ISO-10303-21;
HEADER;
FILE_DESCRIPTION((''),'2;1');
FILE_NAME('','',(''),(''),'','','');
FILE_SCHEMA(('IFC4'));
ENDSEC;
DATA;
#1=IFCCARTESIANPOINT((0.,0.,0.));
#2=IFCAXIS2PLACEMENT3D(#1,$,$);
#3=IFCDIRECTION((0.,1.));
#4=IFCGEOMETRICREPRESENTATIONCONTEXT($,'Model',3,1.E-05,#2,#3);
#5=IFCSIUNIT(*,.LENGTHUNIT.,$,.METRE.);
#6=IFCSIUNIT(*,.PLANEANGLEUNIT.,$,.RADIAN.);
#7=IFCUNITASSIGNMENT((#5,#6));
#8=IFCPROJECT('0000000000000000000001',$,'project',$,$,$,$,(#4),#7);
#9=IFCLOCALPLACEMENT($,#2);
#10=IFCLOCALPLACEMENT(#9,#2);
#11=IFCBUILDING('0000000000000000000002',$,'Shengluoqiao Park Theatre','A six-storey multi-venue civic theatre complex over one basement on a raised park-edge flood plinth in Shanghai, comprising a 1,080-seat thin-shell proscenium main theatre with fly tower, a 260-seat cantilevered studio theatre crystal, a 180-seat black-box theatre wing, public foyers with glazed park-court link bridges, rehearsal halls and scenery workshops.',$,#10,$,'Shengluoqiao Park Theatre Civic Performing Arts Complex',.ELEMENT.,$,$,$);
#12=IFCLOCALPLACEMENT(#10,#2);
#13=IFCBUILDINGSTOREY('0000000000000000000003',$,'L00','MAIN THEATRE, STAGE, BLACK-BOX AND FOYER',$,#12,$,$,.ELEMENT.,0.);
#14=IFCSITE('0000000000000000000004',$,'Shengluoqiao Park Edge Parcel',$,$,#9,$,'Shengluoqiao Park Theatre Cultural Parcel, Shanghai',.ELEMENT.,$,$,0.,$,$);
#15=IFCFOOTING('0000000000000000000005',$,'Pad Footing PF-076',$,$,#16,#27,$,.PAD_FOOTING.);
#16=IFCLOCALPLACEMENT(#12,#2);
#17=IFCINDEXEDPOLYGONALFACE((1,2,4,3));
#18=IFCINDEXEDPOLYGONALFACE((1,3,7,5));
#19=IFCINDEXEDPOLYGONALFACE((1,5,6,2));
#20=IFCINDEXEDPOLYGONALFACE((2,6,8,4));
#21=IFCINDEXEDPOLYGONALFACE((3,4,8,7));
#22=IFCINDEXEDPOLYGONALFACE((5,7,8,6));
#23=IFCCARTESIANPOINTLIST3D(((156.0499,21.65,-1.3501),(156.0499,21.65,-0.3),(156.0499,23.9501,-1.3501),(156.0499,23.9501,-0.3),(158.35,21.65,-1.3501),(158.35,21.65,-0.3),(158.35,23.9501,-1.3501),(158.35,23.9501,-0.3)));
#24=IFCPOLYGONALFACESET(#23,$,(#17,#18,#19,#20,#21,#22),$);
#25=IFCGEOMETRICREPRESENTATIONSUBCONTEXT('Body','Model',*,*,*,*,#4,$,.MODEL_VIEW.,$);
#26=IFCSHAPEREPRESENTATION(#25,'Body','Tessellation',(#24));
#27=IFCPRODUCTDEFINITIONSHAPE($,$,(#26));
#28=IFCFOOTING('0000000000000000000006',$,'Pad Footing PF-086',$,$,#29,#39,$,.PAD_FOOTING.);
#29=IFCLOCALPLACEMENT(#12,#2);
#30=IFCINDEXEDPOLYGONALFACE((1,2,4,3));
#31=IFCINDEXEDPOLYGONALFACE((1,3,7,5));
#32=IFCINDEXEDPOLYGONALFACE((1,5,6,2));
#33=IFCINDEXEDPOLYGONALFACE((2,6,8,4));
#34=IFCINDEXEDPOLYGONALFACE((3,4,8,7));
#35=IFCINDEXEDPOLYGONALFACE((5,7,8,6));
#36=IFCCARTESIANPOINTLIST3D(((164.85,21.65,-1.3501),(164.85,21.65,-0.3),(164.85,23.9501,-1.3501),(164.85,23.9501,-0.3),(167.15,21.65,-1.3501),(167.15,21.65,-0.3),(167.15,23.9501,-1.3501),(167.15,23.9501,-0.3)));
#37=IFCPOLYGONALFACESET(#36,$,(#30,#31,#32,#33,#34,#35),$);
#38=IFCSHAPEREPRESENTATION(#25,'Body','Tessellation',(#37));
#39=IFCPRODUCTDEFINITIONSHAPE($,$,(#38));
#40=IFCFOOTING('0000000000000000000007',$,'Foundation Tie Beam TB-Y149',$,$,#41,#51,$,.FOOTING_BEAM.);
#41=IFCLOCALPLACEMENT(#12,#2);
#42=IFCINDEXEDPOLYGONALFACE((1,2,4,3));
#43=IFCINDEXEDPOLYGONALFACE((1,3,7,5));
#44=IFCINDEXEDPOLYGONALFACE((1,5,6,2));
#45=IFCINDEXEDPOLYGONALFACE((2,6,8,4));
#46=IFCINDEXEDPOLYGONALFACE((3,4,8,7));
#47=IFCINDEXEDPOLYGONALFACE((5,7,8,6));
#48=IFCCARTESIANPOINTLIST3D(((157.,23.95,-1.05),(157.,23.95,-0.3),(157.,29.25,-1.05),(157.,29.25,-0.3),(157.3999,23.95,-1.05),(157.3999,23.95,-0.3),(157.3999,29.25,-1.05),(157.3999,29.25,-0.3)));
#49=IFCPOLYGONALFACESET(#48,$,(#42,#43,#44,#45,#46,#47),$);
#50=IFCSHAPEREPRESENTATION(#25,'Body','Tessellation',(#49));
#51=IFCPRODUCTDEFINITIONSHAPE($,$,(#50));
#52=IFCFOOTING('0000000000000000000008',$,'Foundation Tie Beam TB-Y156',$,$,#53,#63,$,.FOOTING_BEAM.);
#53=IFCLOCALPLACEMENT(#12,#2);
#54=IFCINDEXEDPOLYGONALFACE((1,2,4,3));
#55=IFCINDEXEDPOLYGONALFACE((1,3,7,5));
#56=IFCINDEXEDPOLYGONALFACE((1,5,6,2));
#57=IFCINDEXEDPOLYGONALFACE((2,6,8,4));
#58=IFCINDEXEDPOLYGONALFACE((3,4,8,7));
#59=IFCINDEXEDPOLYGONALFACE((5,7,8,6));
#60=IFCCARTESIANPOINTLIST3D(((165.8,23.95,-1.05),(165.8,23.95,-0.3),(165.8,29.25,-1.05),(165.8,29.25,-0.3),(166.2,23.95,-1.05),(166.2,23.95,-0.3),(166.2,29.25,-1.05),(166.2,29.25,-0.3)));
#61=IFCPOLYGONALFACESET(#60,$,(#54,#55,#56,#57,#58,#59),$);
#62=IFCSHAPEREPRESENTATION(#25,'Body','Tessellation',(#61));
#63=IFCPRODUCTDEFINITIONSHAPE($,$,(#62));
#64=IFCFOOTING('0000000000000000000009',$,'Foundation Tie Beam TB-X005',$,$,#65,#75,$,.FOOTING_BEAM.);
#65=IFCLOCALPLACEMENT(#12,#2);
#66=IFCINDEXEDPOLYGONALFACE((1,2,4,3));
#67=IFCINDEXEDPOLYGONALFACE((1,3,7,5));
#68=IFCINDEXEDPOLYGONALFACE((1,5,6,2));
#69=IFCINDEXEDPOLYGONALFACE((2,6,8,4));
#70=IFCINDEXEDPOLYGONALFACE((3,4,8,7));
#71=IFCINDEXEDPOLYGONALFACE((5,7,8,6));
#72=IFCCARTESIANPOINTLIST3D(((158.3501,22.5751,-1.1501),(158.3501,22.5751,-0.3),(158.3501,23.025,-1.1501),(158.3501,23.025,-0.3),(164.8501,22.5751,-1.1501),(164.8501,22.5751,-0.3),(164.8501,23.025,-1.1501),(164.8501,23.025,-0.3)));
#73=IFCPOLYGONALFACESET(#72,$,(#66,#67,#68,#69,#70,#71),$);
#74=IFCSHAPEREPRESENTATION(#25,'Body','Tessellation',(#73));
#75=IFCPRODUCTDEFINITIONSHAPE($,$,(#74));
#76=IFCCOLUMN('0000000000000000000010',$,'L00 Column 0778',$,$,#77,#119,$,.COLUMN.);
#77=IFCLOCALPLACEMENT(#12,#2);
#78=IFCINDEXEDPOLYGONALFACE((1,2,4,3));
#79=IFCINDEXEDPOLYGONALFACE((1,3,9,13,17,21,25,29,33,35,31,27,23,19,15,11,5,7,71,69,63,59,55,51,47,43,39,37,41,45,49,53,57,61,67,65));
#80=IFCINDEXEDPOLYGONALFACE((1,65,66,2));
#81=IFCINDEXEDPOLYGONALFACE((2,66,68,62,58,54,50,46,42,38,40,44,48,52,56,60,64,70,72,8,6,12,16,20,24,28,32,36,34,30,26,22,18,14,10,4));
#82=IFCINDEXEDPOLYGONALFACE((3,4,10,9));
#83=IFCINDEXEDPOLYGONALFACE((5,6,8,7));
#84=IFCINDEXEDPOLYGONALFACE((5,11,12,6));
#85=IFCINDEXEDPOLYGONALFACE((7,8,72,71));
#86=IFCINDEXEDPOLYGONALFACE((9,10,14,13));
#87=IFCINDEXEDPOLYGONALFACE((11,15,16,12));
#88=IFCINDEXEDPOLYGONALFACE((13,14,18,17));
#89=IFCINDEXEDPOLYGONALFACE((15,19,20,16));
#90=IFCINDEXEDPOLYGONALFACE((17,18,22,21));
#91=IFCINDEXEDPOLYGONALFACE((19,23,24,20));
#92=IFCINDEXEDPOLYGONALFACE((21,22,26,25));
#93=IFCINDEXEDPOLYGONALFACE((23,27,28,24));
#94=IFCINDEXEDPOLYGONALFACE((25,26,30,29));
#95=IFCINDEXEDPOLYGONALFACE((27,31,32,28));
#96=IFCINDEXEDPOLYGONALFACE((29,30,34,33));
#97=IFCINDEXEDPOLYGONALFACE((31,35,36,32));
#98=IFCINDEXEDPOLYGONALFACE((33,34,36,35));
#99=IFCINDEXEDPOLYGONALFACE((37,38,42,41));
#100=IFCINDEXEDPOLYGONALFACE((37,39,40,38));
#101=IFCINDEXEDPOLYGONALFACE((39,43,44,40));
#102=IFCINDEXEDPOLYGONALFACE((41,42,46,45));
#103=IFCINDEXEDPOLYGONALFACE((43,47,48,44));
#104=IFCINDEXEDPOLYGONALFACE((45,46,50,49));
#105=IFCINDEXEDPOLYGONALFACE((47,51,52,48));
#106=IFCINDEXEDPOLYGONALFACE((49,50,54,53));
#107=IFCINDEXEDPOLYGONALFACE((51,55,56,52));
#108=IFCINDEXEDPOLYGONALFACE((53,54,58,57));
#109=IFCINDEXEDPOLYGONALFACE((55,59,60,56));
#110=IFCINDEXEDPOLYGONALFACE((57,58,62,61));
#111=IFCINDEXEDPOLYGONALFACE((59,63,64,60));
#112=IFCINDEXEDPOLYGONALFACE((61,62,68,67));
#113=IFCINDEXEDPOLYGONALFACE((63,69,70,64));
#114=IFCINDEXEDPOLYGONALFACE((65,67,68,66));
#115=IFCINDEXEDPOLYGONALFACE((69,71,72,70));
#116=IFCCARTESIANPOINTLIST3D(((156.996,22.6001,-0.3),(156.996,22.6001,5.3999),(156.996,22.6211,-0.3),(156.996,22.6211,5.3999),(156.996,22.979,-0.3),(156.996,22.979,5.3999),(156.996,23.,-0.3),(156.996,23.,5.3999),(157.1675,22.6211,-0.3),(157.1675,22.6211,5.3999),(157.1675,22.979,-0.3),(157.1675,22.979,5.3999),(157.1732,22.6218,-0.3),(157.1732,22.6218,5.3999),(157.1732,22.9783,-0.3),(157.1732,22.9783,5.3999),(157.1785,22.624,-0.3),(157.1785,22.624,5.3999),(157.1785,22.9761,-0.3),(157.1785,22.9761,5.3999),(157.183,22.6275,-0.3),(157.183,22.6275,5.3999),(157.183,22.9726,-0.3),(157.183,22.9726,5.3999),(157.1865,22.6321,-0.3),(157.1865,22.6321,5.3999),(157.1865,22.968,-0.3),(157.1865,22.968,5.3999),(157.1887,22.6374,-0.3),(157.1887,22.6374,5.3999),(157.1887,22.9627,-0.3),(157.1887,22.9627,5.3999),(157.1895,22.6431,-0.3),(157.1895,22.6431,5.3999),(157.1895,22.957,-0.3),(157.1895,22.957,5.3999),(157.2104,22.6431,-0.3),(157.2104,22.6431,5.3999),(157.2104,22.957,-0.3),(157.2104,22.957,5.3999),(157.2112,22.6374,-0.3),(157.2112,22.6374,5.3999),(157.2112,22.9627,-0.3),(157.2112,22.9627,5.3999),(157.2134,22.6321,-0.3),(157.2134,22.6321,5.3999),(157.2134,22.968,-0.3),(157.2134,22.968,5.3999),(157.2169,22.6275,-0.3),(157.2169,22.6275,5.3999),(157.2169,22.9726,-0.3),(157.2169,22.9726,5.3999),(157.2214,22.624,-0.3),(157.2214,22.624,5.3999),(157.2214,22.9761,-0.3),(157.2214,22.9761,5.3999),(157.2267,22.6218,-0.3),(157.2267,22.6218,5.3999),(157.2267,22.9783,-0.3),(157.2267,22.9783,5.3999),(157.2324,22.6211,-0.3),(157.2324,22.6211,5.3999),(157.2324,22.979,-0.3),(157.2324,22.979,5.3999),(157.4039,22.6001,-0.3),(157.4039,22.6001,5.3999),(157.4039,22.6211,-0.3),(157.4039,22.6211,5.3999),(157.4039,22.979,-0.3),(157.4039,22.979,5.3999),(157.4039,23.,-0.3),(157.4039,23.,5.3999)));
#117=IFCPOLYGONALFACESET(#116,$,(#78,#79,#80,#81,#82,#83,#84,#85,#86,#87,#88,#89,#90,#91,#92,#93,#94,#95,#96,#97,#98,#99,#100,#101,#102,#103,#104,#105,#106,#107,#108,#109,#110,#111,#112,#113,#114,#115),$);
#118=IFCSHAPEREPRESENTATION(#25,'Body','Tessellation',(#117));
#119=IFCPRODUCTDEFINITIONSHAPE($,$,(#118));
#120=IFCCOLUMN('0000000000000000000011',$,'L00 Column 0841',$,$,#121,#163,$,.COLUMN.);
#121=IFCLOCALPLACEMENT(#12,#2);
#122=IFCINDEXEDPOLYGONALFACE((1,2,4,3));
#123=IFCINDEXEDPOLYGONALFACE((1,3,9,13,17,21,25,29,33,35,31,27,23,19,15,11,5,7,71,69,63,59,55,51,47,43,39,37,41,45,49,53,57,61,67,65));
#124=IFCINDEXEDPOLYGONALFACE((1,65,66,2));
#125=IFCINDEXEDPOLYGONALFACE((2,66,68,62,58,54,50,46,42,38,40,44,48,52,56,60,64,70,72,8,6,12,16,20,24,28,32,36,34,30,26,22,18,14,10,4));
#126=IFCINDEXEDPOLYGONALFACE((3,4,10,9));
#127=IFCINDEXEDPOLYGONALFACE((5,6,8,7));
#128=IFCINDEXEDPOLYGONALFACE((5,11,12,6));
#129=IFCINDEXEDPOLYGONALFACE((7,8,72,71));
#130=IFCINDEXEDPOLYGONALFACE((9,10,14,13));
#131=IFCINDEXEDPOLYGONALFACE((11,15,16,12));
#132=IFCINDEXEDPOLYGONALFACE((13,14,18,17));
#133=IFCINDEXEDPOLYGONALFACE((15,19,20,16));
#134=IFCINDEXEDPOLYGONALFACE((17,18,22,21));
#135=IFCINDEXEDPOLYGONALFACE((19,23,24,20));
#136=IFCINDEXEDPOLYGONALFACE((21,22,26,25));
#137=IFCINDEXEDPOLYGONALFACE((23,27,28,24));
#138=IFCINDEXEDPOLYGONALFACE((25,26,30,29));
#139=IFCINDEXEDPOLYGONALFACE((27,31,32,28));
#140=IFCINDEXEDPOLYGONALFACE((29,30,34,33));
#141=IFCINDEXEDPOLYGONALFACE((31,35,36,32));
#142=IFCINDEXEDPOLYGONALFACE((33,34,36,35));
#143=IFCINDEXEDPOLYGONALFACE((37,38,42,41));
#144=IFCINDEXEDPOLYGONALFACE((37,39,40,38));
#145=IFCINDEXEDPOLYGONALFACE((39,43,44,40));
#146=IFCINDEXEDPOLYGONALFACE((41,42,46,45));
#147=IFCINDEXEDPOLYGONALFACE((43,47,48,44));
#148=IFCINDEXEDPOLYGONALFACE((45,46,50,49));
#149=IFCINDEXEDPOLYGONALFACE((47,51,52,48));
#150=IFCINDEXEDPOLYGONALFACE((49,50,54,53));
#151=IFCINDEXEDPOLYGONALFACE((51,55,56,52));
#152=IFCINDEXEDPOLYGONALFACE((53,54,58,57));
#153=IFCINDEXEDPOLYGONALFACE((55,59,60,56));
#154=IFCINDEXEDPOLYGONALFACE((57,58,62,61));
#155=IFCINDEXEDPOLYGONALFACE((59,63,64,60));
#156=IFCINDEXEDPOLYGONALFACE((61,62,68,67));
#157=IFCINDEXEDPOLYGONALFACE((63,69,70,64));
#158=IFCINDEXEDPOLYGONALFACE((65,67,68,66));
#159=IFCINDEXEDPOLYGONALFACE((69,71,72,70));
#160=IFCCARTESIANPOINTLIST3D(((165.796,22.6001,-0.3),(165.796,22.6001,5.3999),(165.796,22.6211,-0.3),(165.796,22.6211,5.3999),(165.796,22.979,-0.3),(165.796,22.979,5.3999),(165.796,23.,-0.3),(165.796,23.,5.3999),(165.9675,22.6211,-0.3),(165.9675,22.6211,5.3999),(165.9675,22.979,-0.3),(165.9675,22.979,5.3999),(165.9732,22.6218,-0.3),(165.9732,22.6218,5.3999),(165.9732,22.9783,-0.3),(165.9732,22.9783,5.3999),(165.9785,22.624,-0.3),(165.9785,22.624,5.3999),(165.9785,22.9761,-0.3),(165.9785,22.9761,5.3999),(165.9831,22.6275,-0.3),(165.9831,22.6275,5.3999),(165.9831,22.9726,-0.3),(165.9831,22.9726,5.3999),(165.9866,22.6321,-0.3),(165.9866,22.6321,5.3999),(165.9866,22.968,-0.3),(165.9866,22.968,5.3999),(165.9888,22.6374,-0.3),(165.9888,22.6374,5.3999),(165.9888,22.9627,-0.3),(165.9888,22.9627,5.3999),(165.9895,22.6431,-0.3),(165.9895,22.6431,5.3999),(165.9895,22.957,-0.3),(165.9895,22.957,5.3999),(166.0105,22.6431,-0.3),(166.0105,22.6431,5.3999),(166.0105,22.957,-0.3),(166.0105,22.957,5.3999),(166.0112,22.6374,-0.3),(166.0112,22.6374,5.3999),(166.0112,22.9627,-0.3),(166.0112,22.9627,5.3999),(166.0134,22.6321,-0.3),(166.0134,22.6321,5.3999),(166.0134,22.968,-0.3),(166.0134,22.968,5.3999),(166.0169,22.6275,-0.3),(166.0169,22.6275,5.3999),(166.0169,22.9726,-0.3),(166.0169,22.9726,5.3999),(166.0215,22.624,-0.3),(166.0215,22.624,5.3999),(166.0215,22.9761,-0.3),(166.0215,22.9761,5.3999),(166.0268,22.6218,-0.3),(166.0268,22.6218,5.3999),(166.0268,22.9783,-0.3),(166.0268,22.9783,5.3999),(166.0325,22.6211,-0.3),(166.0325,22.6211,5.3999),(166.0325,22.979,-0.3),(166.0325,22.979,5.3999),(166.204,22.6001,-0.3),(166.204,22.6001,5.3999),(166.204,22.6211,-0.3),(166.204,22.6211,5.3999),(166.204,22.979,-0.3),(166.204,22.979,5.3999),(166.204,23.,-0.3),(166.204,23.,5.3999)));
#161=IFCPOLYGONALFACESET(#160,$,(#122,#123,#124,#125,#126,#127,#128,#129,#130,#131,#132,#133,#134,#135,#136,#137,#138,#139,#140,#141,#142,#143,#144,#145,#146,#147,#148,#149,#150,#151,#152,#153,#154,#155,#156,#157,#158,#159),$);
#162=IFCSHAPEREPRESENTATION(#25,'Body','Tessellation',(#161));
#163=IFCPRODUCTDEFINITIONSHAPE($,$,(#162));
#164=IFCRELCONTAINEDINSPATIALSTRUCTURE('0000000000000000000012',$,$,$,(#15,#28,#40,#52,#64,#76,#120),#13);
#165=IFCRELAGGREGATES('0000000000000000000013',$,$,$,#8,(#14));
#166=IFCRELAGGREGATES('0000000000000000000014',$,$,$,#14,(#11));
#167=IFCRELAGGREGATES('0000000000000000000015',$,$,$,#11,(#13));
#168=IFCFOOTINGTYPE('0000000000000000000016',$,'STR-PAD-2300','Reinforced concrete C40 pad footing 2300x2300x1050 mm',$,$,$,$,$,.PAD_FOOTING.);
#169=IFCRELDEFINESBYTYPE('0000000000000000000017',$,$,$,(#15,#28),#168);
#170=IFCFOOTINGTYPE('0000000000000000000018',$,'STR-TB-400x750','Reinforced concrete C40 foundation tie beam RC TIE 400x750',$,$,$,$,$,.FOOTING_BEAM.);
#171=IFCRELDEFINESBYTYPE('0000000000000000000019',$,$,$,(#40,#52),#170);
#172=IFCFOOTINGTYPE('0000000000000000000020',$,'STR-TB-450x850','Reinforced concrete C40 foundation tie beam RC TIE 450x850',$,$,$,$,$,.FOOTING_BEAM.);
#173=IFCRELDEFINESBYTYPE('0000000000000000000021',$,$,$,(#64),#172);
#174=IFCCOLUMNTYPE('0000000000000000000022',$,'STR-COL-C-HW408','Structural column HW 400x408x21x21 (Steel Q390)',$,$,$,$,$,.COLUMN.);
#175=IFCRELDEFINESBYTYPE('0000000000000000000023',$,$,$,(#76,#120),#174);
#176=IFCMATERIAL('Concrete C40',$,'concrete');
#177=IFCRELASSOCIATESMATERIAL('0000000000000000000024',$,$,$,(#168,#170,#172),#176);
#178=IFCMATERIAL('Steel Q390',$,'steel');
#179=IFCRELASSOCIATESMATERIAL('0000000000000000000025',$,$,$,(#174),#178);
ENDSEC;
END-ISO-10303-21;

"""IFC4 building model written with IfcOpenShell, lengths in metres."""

from ifc_helpers import new_model, si_unit, direction, frame, origin, origin_2d, place, context, subcontext, project, spatial, rectangle, i_section, extrude, material, material_profile, profile_set, type_object, element, save


model = new_model("IFC4")

# Units and contexts
model_context = context("Model", 3, precision=1e-05, world=origin(), true_north=direction((0.0, 1.0)))
body_context = subcontext(model_context, "Body", "Model", "MODEL_VIEW")
ifc_project = project(units=[si_unit("LENGTHUNIT", "METRE"), si_unit("PLANEANGLEUNIT", "RADIAN")], contexts=[model_context])

# Site, building, storey
site_placement = place(None, origin())
site = spatial("IfcSite", under=ifc_project, at=site_placement, Name="Shengluoqiao Park Edge Parcel", LongName="Shengluoqiao Park Theatre Cultural Parcel, Shanghai", CompositionType="ELEMENT", RefElevation=0.0)
building_placement = place(site_placement, origin())
building = spatial("IfcBuilding", under=site, at=building_placement, Name="Shengluoqiao Park Theatre", Description="A six-storey multi-venue civic theatre complex over one basement on a raised park-edge flood plinth in Shanghai, comprising a 1,080-seat thin-shell proscenium main theatre with fly tower, a 260-seat cantilevered studio theatre crystal, a 180-seat black-box theatre wing, public foyers with glazed park-court link bridges, rehearsal halls and scenery workshops.", LongName="Shengluoqiao Park Theatre Civic Performing Arts Complex", CompositionType="ELEMENT")
storey_placement = place(building_placement, origin())
storey = spatial("IfcBuildingStorey", under=building, at=storey_placement, Name="L00", Description="MAIN THEATRE, STAGE, BLACK-BOX AND FOYER", CompositionType="ELEMENT", Elevation=0.0)

# Footings
ifc_material_1 = material(Name="Concrete C40", Category="concrete")
footing_type_1 = type_object("IfcFootingType", Name="STR-PAD-2300", Description="Reinforced concrete C40 pad footing 2300x2300x1050 mm", PredefinedType="PAD_FOOTING", material=ifc_material_1)
for number, where, z_axis, x_axis, name in (
    (1, (157.2, 22.8, -1.3501), (0.0, 0.0, 1.0), (1.0, 0.0, 0.0), "Pad Footing PF-076"),
    (2, (166.0, 22.8, -1.3501), (0.0, 0.0, 1.0), (1.0, 0.0, 0.0), "Pad Footing PF-086"),
):
    element("IfcFooting", number, at=place(storey_placement, frame(where, z_axis=z_axis, x_axis=x_axis)), inside=storey, type_object=footing_type_1, Name=name, PredefinedType="PAD_FOOTING", context=body_context, shape_type="SweptSolid", body=[
        extrude(rectangle(XDim=2.3, YDim=2.3, at=origin_2d()), origin(), (0.0, 0.0, 1.0), 1.05),
    ])
ifc_material_profile_1 = material_profile(ifc_material_1, rectangle(XDim=0.3999, YDim=0.75, at=origin_2d()), Name="RC TIE 400x750")
ifc_profile_set_1 = profile_set([ifc_material_profile_1], Name="Concrete C40")
footing_type_2 = type_object("IfcFootingType", Name="STR-TB-400x750", Description="Reinforced concrete C40 foundation tie beam RC TIE 400x750", PredefinedType="FOOTING_BEAM", material=ifc_profile_set_1)
for number, where, z_axis, x_axis, name in (
    (3, (157.2, 23.95, -0.675), (0.0, 1.0, 0.0), (-1.0, 0.0, 0.0), "Foundation Tie Beam TB-Y149"),
    (4, (166.0, 23.95, -0.675), (0.0, 1.0, 0.0), (-1.0, 0.0, 0.0), "Foundation Tie Beam TB-Y156"),
):
    element("IfcFooting", number, at=place(storey_placement, frame(where, z_axis=z_axis, x_axis=x_axis)), inside=storey, type_object=footing_type_2, Name=name, PredefinedType="FOOTING_BEAM", context=body_context, shape_type="SweptSolid", body=[
        extrude(rectangle(XDim=0.3999, YDim=0.75, at=origin_2d()), origin(), (0.0, 0.0, 1.0), 5.3),
    ])
ifc_material_profile_2 = material_profile(ifc_material_1, rectangle(XDim=0.45, YDim=0.8501, at=origin_2d()), Name="RC TIE 450x850")
ifc_profile_set_2 = profile_set([ifc_material_profile_2], Name="Concrete C40")
footing_type_3 = type_object("IfcFootingType", Name="STR-TB-450x850", Description="Reinforced concrete C40 foundation tie beam RC TIE 450x850", PredefinedType="FOOTING_BEAM", material=ifc_profile_set_2)
footing_placement = place(storey_placement, frame((158.3501, 22.8, -0.7251), z_axis=(1.0, 0.0, 0.0), x_axis=(0.0, 1.0, 0.0)))
element("IfcFooting", 5, at=footing_placement, inside=storey, type_object=footing_type_3, Name="Foundation Tie Beam TB-X005", PredefinedType="FOOTING_BEAM", context=body_context, shape_type="SweptSolid", body=[
    extrude(rectangle(XDim=0.45, YDim=0.8501, at=origin_2d()), origin(), (0.0, 0.0, 1.0), 6.5),
])

# Columns
ifc_material_2 = material(Name="Steel Q390", Category="steel")
ifc_material_profile_3 = material_profile(ifc_material_2, i_section(OverallWidth=0.408, OverallDepth=0.3999, WebThickness=0.021, FlangeThickness=0.021, FilletRadius=0.022, at=origin_2d()), Name="HW 400x408x21x21")
ifc_profile_set_3 = profile_set([ifc_material_profile_3], Name="Steel Q390")
column_type = type_object("IfcColumnType", Name="STR-COL-C-HW408", Description="Structural column HW 400x408x21x21 (Steel Q390)", PredefinedType="COLUMN", material=ifc_profile_set_3)
for number, where, z_axis, x_axis, name in (
    (6, (157.2, 22.8, -0.3), (0.0, 0.0, 1.0), (1.0, 0.0, 0.0), "L00 Column 0778"),
    (7, (166.0, 22.8, -0.3), (0.0, 0.0, 1.0), (1.0, 0.0, 0.0), "L00 Column 0841"),
):
    element("IfcColumn", number, at=place(storey_placement, frame(where, z_axis=z_axis, x_axis=x_axis)), inside=storey, type_object=column_type, Name=name, PredefinedType="COLUMN", context=body_context, shape_type="SweptSolid", body=[
        extrude(i_section(OverallWidth=0.408, OverallDepth=0.3999, WebThickness=0.021, FlangeThickness=0.021, FilletRadius=0.022, at=origin_2d()), origin(), (0.0, 0.0, 1.0), 5.7),
    ])

save(model, "model.ifc")
